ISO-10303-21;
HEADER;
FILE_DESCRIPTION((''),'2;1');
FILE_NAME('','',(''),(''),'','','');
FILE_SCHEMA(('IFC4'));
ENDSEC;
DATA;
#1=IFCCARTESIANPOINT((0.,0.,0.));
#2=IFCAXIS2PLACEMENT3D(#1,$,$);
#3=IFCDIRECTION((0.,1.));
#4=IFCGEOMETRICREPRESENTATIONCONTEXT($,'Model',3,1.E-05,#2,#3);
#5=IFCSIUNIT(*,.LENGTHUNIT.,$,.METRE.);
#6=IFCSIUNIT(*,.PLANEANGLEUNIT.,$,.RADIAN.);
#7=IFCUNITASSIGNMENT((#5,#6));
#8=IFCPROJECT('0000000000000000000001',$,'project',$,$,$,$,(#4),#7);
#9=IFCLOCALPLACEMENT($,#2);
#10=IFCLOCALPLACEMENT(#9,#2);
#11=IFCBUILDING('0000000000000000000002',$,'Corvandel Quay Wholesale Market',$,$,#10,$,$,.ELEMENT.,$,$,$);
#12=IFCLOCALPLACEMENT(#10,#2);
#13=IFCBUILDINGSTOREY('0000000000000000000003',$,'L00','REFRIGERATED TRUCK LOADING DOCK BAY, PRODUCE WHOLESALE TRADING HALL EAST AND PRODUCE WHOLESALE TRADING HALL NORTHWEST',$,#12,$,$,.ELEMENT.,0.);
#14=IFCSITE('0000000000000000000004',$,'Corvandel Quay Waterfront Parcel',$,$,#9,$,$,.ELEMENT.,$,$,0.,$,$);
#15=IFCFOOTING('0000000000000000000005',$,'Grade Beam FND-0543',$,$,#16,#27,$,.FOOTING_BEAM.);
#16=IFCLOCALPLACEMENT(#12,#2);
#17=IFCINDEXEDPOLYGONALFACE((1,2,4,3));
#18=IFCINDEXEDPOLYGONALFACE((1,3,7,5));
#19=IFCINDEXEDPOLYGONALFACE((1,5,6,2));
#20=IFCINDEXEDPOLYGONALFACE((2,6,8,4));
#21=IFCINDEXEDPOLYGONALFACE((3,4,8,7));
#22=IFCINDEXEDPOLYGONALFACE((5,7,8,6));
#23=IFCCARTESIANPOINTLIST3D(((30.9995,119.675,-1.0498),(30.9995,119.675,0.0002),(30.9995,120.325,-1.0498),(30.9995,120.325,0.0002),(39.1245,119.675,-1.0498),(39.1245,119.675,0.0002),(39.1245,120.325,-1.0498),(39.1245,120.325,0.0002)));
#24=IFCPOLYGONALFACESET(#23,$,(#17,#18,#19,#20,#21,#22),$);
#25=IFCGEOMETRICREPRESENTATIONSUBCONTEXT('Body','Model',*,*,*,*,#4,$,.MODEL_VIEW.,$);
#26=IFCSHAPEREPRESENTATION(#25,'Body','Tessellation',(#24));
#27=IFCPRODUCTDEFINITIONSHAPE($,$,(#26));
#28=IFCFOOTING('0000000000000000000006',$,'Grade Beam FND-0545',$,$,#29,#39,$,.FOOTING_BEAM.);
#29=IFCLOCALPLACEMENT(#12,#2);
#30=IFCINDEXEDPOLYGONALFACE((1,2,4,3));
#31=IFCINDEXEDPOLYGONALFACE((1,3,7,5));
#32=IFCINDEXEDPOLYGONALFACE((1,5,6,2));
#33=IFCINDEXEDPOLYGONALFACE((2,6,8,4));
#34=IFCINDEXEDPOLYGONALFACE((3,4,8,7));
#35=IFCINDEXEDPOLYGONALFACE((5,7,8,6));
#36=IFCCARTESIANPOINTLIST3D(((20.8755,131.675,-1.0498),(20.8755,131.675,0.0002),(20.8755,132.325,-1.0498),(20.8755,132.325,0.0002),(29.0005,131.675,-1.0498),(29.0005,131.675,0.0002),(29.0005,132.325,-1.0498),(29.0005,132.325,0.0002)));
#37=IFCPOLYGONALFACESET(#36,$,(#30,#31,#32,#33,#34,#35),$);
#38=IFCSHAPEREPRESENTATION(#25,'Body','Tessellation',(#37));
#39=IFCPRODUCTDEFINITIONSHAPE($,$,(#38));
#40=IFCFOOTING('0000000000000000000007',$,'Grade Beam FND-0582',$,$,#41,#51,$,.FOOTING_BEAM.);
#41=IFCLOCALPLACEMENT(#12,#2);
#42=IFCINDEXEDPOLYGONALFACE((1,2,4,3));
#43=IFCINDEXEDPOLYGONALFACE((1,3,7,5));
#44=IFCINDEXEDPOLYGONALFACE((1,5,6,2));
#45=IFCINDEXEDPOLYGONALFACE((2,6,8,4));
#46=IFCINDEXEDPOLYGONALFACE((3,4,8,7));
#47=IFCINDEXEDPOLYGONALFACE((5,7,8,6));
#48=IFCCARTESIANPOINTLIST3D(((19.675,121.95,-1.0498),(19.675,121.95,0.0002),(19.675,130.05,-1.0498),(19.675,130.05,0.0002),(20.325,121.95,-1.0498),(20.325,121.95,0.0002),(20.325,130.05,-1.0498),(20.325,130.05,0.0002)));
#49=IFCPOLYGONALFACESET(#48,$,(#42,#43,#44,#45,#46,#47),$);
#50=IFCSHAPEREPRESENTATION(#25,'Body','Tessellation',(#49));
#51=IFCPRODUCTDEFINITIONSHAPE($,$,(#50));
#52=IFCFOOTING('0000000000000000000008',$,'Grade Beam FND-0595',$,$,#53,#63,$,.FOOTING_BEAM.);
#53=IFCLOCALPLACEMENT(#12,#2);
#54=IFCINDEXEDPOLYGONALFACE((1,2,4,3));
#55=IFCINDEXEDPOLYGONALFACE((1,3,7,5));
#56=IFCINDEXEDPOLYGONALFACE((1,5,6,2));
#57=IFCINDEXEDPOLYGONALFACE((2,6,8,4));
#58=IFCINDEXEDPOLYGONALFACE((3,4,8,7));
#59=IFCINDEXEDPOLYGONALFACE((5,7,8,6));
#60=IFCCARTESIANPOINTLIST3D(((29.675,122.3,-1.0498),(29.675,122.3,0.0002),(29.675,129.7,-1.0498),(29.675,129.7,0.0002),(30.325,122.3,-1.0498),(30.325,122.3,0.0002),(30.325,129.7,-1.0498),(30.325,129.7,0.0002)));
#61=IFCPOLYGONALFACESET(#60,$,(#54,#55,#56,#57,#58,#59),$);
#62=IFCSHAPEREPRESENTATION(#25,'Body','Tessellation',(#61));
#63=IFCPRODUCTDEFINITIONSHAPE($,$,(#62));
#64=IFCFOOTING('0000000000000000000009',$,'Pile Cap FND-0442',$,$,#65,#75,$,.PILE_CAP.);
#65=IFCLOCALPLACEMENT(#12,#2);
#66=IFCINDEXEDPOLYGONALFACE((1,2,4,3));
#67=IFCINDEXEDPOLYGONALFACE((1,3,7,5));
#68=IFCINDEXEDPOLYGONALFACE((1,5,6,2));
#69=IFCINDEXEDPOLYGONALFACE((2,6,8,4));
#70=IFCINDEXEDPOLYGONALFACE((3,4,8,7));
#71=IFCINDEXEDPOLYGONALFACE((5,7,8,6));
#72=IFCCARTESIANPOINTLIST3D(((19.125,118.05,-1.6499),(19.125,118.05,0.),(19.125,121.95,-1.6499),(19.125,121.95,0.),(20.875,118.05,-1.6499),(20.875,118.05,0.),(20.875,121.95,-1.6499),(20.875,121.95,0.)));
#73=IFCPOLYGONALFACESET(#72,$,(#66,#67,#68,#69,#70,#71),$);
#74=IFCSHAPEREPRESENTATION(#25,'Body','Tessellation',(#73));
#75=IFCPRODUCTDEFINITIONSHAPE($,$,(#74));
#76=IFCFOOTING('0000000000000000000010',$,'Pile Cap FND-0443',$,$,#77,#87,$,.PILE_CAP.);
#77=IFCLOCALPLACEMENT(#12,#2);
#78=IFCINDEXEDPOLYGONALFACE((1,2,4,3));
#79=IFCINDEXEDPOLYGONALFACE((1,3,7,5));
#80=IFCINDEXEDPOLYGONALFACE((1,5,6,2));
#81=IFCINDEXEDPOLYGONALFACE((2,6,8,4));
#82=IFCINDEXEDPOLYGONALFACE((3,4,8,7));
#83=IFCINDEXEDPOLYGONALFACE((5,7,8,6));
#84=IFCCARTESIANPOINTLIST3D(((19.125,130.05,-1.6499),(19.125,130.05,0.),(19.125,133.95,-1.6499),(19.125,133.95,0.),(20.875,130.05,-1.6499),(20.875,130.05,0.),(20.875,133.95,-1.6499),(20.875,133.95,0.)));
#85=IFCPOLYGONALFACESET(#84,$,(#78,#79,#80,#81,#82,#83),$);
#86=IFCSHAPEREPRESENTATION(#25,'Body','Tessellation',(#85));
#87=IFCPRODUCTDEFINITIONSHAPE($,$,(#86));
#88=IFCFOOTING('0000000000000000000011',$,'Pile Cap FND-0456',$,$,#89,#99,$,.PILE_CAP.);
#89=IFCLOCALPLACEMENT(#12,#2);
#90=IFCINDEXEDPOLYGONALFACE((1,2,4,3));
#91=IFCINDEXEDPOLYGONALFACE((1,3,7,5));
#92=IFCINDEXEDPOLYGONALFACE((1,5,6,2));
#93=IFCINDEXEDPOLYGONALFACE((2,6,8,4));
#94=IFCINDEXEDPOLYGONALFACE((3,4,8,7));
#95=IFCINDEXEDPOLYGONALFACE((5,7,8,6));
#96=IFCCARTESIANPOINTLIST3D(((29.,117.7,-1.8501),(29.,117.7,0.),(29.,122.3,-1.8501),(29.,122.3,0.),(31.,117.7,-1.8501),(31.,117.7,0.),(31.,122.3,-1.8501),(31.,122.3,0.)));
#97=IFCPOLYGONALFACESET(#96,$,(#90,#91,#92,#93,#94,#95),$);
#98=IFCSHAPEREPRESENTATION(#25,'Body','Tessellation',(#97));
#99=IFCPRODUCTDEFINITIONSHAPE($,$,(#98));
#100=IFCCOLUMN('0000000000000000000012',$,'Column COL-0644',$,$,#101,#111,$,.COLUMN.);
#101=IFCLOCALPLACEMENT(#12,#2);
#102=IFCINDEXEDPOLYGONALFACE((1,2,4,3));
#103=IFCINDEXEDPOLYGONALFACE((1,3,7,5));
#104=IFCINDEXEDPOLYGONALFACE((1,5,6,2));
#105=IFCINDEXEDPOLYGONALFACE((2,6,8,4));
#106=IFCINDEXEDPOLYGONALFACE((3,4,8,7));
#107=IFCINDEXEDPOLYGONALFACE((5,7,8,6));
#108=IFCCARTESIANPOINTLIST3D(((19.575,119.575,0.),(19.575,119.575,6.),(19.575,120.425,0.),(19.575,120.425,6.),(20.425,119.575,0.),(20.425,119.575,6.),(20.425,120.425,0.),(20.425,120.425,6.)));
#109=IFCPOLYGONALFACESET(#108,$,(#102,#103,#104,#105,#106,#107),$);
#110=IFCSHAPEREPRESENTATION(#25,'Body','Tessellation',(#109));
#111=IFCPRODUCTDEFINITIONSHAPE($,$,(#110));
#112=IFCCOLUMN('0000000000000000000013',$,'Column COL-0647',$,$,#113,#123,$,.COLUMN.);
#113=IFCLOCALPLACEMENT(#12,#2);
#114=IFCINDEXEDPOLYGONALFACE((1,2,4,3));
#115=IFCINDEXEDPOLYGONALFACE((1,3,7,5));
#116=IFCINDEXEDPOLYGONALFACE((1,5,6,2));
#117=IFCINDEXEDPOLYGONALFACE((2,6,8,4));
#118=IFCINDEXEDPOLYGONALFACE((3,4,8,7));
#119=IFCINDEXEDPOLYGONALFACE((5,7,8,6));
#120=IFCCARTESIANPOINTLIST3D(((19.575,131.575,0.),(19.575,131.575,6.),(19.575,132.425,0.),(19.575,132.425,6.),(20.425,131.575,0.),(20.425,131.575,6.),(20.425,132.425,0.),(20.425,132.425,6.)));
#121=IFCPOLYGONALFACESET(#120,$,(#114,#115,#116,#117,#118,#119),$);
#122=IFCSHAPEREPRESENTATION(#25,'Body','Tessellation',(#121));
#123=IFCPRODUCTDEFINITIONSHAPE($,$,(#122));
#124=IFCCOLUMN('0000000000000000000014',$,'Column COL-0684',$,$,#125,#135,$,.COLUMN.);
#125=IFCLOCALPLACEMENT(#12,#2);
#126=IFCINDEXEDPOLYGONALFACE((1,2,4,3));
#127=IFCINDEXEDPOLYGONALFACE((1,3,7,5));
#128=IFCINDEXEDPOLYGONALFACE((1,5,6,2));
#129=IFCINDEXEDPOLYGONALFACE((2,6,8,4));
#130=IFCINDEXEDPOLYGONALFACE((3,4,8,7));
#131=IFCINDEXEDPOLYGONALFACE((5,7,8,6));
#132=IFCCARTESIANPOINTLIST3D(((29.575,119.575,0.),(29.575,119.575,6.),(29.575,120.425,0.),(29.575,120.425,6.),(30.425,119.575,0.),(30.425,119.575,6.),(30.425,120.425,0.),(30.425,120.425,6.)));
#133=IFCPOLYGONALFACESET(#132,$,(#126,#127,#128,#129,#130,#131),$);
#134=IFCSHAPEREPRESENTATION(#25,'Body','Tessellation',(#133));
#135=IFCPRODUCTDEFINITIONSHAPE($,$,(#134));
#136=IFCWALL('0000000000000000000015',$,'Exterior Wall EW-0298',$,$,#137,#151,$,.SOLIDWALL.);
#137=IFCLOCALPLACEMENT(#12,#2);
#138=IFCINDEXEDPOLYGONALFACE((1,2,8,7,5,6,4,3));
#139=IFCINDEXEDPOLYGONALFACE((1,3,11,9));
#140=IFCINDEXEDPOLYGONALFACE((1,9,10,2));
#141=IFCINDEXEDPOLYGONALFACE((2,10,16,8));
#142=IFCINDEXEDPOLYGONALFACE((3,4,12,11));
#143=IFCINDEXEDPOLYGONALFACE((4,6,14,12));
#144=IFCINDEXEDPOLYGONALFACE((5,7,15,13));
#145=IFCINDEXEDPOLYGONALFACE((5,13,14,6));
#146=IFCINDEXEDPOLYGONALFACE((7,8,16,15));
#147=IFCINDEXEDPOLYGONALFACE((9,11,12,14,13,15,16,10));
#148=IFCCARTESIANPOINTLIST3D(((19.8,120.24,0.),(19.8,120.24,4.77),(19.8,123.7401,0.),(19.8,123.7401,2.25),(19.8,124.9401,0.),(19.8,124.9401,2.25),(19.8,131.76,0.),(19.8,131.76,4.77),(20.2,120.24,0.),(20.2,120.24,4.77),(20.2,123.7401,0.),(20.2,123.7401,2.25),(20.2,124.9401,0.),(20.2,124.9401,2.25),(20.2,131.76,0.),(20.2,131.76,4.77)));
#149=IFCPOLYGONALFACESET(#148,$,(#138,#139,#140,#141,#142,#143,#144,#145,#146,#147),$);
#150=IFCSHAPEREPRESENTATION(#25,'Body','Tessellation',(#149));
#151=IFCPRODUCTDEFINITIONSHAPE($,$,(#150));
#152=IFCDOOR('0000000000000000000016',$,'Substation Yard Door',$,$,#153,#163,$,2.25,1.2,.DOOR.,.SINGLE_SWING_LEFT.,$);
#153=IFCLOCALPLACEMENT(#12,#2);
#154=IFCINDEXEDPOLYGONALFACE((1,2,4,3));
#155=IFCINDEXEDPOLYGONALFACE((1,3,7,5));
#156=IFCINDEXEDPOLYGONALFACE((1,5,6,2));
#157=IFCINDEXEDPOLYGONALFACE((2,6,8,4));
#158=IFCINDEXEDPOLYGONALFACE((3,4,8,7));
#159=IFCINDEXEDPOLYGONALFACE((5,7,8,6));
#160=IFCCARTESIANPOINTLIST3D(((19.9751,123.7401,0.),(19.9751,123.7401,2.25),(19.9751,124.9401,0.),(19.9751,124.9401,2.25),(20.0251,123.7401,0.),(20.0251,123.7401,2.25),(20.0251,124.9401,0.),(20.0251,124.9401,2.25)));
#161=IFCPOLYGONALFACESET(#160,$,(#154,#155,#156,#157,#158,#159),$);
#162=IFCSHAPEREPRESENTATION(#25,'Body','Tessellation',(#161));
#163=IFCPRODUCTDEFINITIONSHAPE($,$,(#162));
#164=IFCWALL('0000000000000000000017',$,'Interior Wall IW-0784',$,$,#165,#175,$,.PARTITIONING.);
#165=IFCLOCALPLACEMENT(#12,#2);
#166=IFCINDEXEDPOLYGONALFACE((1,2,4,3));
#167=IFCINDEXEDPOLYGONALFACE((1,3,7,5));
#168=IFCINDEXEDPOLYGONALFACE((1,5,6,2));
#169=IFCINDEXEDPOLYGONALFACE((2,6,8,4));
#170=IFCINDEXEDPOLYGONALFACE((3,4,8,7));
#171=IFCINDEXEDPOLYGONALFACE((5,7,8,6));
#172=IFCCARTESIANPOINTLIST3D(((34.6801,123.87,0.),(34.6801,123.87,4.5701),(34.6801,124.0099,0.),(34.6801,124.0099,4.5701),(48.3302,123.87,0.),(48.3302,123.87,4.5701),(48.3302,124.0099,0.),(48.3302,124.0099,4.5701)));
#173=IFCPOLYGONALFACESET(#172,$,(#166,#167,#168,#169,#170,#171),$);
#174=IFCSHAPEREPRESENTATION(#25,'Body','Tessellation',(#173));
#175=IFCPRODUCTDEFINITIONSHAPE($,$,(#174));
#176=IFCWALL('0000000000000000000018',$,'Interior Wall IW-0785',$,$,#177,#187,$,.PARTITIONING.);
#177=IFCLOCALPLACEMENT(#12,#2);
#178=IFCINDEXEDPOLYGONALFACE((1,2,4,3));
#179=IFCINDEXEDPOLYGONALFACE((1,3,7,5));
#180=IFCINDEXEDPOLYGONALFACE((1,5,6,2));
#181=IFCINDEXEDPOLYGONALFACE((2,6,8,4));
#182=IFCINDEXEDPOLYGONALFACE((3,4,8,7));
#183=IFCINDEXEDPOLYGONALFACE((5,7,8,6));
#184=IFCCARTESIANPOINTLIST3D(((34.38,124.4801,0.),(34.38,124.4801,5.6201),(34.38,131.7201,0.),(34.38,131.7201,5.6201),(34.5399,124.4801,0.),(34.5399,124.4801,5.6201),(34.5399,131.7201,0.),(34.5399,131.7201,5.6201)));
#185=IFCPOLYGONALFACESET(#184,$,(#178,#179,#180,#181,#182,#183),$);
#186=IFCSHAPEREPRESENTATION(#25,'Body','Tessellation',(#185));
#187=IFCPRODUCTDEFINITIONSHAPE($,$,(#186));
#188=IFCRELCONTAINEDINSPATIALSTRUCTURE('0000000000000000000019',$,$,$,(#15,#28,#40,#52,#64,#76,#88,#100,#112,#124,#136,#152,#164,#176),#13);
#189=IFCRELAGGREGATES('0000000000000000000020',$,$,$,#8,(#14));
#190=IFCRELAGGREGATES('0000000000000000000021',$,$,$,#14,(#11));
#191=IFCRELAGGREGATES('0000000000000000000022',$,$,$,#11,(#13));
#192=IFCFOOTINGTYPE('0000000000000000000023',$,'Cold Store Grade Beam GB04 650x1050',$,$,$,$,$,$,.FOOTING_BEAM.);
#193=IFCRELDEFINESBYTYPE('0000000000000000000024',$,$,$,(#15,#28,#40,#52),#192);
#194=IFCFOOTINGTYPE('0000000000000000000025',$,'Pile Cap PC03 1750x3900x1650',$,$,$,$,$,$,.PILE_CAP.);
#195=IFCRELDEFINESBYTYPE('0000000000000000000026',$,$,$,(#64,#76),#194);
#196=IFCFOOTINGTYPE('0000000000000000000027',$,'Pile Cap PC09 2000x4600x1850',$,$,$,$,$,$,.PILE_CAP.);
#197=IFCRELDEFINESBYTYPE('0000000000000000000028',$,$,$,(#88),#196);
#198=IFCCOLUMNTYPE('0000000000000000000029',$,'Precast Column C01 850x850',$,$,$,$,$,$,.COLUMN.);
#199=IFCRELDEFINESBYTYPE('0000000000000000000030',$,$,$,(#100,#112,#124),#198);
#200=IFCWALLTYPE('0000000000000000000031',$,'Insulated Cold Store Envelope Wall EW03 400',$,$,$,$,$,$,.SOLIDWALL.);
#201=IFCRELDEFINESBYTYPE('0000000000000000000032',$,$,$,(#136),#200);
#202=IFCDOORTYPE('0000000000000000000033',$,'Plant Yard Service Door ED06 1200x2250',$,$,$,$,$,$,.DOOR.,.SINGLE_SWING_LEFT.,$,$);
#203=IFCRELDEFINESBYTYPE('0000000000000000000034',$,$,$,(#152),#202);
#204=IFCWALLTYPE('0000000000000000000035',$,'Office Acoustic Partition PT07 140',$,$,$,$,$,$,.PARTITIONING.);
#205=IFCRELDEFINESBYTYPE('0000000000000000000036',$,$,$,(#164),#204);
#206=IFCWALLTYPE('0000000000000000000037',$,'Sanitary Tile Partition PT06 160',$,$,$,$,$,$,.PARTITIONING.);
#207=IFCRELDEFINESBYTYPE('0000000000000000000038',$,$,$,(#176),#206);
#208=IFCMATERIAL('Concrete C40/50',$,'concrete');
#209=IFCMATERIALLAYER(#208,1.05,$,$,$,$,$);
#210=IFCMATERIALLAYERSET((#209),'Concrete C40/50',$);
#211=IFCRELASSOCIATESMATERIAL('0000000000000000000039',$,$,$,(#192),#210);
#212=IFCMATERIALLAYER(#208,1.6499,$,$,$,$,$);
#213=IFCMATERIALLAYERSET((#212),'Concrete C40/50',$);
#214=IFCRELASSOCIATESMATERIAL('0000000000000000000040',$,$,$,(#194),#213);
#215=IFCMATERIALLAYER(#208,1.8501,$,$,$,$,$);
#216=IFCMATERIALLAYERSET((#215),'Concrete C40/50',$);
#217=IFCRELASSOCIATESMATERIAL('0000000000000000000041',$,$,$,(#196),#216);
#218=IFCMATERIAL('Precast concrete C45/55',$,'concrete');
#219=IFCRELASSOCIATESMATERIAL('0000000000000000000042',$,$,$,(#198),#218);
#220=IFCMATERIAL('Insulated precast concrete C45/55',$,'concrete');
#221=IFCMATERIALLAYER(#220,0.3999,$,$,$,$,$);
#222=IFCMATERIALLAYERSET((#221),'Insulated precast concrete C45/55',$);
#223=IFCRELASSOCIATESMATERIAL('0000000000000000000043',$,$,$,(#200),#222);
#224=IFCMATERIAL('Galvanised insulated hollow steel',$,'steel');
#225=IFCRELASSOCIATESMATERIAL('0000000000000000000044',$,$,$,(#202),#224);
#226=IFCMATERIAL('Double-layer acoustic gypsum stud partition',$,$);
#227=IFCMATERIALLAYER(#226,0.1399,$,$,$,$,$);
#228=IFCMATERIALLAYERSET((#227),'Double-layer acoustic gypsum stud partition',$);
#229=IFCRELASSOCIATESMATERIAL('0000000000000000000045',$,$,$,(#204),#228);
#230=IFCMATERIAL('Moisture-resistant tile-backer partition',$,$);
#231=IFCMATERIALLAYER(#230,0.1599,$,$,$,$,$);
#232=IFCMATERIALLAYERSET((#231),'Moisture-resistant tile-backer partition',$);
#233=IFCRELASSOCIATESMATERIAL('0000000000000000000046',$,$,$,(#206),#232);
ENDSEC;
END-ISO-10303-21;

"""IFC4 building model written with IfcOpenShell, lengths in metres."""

from ifc_helpers import new_model, si_unit, direction, frame, frame_2d, origin, origin_2d, place, context, subcontext, project, spatial, rectangle, extrude, material, layer, layer_set, material_profile, profile_set, type_object, element, fill, save


model = new_model("IFC4")

# Units and contexts
model_context = context("Model", 3, precision=1e-05, world=origin(), true_north=direction((0.0, 1.0)))
body_context = subcontext(model_context, "Body", "Model", "MODEL_VIEW")
ifc_project = project(units=[si_unit("LENGTHUNIT", "METRE"), si_unit("PLANEANGLEUNIT", "RADIAN")], contexts=[model_context])

# Site, building, storey
site_placement = place(None, origin())
site = spatial("IfcSite", under=ifc_project, at=site_placement, Name="Corvandel Quay Waterfront Parcel", CompositionType="ELEMENT", RefElevation=0.0)
building_placement = place(site_placement, origin())
building = spatial("IfcBuilding", under=site, at=building_placement, Name="Corvandel Quay Wholesale Market", CompositionType="ELEMENT")
storey_placement = place(building_placement, origin())
storey = spatial("IfcBuildingStorey", under=building, at=storey_placement, Name="L00", Description="REFRIGERATED TRUCK LOADING DOCK BAY, PRODUCE WHOLESALE TRADING HALL EAST AND PRODUCE WHOLESALE TRADING HALL NORTHWEST", CompositionType="ELEMENT", Elevation=0.0)

# Shared definitions
ifc_material_1 = material(Name="Concrete C40/50", Category="concrete")

# Footings
ifc_layer_1 = layer(ifc_material_1, 1.05)
ifc_layer_set_1 = layer_set([ifc_layer_1], Name="Concrete C40/50")
footing_type_1 = type_object("IfcFootingType", Name="Cold Store Grade Beam GB04 650x1050", PredefinedType="FOOTING_BEAM", material=ifc_layer_set_1)
for number, where, z_axis, x_axis, name in (
    (1, (35.062, 120.0, -1.0498), (0.0, 0.0, 1.0), (1.0, 0.0, 0.0), "Grade Beam FND-0543"),
    (2, (24.938, 132.0, -1.0498), (0.0, 0.0, 1.0), (1.0, 0.0, 0.0), "Grade Beam FND-0545"),
):
    element("IfcFooting", number, at=place(storey_placement, frame(where, z_axis=z_axis, x_axis=x_axis)), inside=storey, type_object=footing_type_1, Name=name, PredefinedType="FOOTING_BEAM", context=body_context, shape_type="SweptSolid", body=[
        extrude(rectangle(XDim=8.125, YDim=0.6499, at=origin_2d()), origin(), (0.0, 0.0, 1.0), 1.05),
    ])
footing_1_placement = place(storey_placement, frame((20.0, 126.0, -1.0498), z_axis=(0.0, 0.0, 1.0), x_axis=(0.0, 1.0, 0.0)))
element("IfcFooting", 3, at=footing_1_placement, inside=storey, type_object=footing_type_1, Name="Grade Beam FND-0582", PredefinedType="FOOTING_BEAM", context=body_context, shape_type="SweptSolid", body=[
    extrude(rectangle(XDim=8.1001, YDim=0.6499, at=origin_2d()), origin(), (0.0, 0.0, 1.0), 1.05),
])
footing_2_placement = place(storey_placement, frame((30.0, 126.0, -1.0498), z_axis=(0.0, 0.0, 1.0), x_axis=(0.0, 1.0, 0.0)))
element("IfcFooting", 4, at=footing_2_placement, inside=storey, type_object=footing_type_1, Name="Grade Beam FND-0595", PredefinedType="FOOTING_BEAM", context=body_context, shape_type="SweptSolid", body=[
    extrude(rectangle(XDim=7.3999, YDim=0.6499, at=origin_2d()), origin(), (0.0, 0.0, 1.0), 1.05),
])
ifc_layer_2 = layer(ifc_material_1, 1.6499)
ifc_layer_set_2 = layer_set([ifc_layer_2], Name="Concrete C40/50")
footing_type_2 = type_object("IfcFootingType", Name="Pile Cap PC03 1750x3900x1650", PredefinedType="PILE_CAP", material=ifc_layer_set_2)
for number, where, z_axis, x_axis, name in (
    (5, (20.0, 120.0, -1.6499), (0.0, 0.0, 1.0), (1.0, 0.0, 0.0), "Pile Cap FND-0442"),
    (6, (20.0, 132.0, -1.6499), (0.0, 0.0, 1.0), (1.0, 0.0, 0.0), "Pile Cap FND-0443"),
):
    element("IfcFooting", number, at=place(storey_placement, frame(where, z_axis=z_axis, x_axis=x_axis)), inside=storey, type_object=footing_type_2, Name=name, PredefinedType="PILE_CAP", context=body_context, shape_type="SweptSolid", body=[
        extrude(rectangle(XDim=1.75, YDim=3.8999, at=origin_2d()), origin(), (0.0, 0.0, 1.0), 1.6499),
    ])
ifc_layer_3 = layer(ifc_material_1, 1.8501)
ifc_layer_set_3 = layer_set([ifc_layer_3], Name="Concrete C40/50")
footing_type_3 = type_object("IfcFootingType", Name="Pile Cap PC09 2000x4600x1850", PredefinedType="PILE_CAP", material=ifc_layer_set_3)
footing_3_placement = place(storey_placement, frame((30.0, 120.0, -1.8501), z_axis=(0.0, 0.0, 1.0), x_axis=(1.0, 0.0, 0.0)))
element("IfcFooting", 7, at=footing_3_placement, inside=storey, type_object=footing_type_3, Name="Pile Cap FND-0456", PredefinedType="PILE_CAP", context=body_context, shape_type="SweptSolid", body=[
    extrude(rectangle(XDim=2.0, YDim=4.6001, at=origin_2d()), origin(), (0.0, 0.0, 1.0), 1.8501),
])

# Columns
ifc_material_2 = material(Name="Precast concrete C45/55", Category="concrete")
ifc_material_profile_1 = material_profile(ifc_material_2, rectangle(XDim=0.8501, YDim=0.8501, at=origin_2d()), Name="PC-COL-850x850")
ifc_profile_set_1 = profile_set([ifc_material_profile_1], Name="Precast concrete C45/55")
column_type = type_object("IfcColumnType", Name="Precast Column C01 850x850", PredefinedType="COLUMN", material=ifc_profile_set_1)
for number, where, z_axis, x_axis, name in (
    (8, (20.0, 120.0, 0.0), (0.0, 0.0, 1.0), (1.0, 0.0, 0.0), "Column COL-0644"),
    (9, (20.0, 132.0, 0.0), (0.0, 0.0, 1.0), (1.0, 0.0, 0.0), "Column COL-0647"),
    (10, (30.0, 120.0, 0.0), (0.0, 0.0, 1.0), (1.0, 0.0, 0.0), "Column COL-0684"),
):
    element("IfcColumn", number, at=place(storey_placement, frame(where, z_axis=z_axis, x_axis=x_axis)), inside=storey, type_object=column_type, Name=name, PredefinedType="COLUMN", context=body_context, shape_type="SweptSolid", body=[
        extrude(rectangle(XDim=0.8501, YDim=0.8501, at=origin_2d()), origin(), (0.0, 0.0, 1.0), 6.0),
    ])

# Wall, opening, door
ifc_material_3 = material(Name="Insulated precast concrete C45/55", Category="concrete")
ifc_layer_4 = layer(ifc_material_3, 0.3999)
ifc_layer_set_4 = layer_set([ifc_layer_4], Name="Insulated precast concrete C45/55")
wall_type_1 = type_object("IfcWallType", Name="Insulated Cold Store Envelope Wall EW03 400", PredefinedType="SOLIDWALL", material=ifc_layer_set_4)
wall_1_placement = place(storey_placement, frame((20.0, 120.24, 0.0), z_axis=(0.0, 0.0, 1.0), x_axis=(0.0, 1.0, 0.0)))
wall_1 = element("IfcWall", 11, at=wall_1_placement, inside=storey, type_object=wall_type_1, Name="Exterior Wall EW-0298", PredefinedType="SOLIDWALL", context=body_context, shape_type="SweptSolid", body=[
    extrude(rectangle(XDim=11.52, YDim=0.3999, at=frame_2d((5.76, 0.0))), origin(), (0.0, 0.0, 1.0), 4.77),
])
opening_1_placement = place(wall_1_placement, frame((3.5, 0.0, 0.0)))
opening_1 = element("IfcOpeningElement", 12, at=opening_1_placement, cuts=wall_1, PredefinedType="OPENING", context=body_context, shape_type="SweptSolid", body=[
    extrude(rectangle(XDim=1.2, YDim=2.25, at=frame_2d((0.6001, 1.125))), frame((0.0, 0.21, 0.0), z_axis=(0.0, -1.0, 0.0), x_axis=(1.0, 0.0, 0.0)), (0.0, 0.0, 1.0), 0.4199),
])
ifc_material_4 = material(Name="Galvanised insulated hollow steel", Category="steel")
door_type_1 = type_object("IfcDoorType", Name="Plant Yard Service Door ED06 1200x2250", OperationType="SINGLE_SWING_LEFT", PredefinedType="DOOR", material=ifc_material_4)
door_1_placement = place(opening_1_placement, origin())
door_1 = element("IfcDoor", 13, at=door_1_placement, inside=storey, type_object=door_type_1, Name="Substation Yard Door", OperationType="SINGLE_SWING_LEFT", OverallHeight=2.25, OverallWidth=1.2, PredefinedType="DOOR", context=body_context, shape_type="SweptSolid", body=[
    extrude(rectangle(XDim=1.2, YDim=2.25, at=frame_2d((0.6001, 1.125))), frame((0.0, 0.0249, 0.0), z_axis=(0.0, -1.0, 0.0), x_axis=(1.0, 0.0, 0.0)), (0.0, 0.0, 1.0), 0.05),
])
fill(opening_1, door_1)

# Walls
ifc_material_5 = material(Name="Double-layer acoustic gypsum stud partition")
ifc_layer_5 = layer(ifc_material_5, 0.1399)
ifc_layer_set_5 = layer_set([ifc_layer_5], Name="Double-layer acoustic gypsum stud partition")
wall_type_2 = type_object("IfcWallType", Name="Office Acoustic Partition PT07 140", PredefinedType="PARTITIONING", material=ifc_layer_set_5)
wall_2_placement = place(storey_placement, frame((34.6799, 123.9399, 0.0), z_axis=(0.0, 0.0, 1.0), x_axis=(1.0, 0.0, 0.0)))
element("IfcWall", 14, at=wall_2_placement, inside=storey, type_object=wall_type_2, Name="Interior Wall IW-0784", PredefinedType="PARTITIONING", context=body_context, shape_type="SweptSolid", body=[
    extrude(rectangle(XDim=13.6501, YDim=0.1399, at=frame_2d((6.8252, 0.0))), origin(), (0.0, 0.0, 1.0), 4.5701),
])
ifc_material_6 = material(Name="Moisture-resistant tile-backer partition")
ifc_layer_6 = layer(ifc_material_6, 0.1599)
ifc_layer_set_6 = layer_set([ifc_layer_6], Name="Moisture-resistant tile-backer partition")
wall_type_3 = type_object("IfcWallType", Name="Sanitary Tile Partition PT06 160", PredefinedType="PARTITIONING", material=ifc_layer_set_6)
wall_3_placement = place(storey_placement, frame((34.46, 124.48, 0.0), z_axis=(0.0, 0.0, 1.0), x_axis=(0.0, 1.0, 0.0)))
element("IfcWall", 15, at=wall_3_placement, inside=storey, type_object=wall_type_3, Name="Interior Wall IW-0785", PredefinedType="PARTITIONING", context=body_context, shape_type="SweptSolid", body=[
    extrude(rectangle(XDim=7.24, YDim=0.1599, at=frame_2d((3.6201, 0.0))), origin(), (0.0, 0.0, 1.0), 5.6201),
])

save(model, "model.ifc")
